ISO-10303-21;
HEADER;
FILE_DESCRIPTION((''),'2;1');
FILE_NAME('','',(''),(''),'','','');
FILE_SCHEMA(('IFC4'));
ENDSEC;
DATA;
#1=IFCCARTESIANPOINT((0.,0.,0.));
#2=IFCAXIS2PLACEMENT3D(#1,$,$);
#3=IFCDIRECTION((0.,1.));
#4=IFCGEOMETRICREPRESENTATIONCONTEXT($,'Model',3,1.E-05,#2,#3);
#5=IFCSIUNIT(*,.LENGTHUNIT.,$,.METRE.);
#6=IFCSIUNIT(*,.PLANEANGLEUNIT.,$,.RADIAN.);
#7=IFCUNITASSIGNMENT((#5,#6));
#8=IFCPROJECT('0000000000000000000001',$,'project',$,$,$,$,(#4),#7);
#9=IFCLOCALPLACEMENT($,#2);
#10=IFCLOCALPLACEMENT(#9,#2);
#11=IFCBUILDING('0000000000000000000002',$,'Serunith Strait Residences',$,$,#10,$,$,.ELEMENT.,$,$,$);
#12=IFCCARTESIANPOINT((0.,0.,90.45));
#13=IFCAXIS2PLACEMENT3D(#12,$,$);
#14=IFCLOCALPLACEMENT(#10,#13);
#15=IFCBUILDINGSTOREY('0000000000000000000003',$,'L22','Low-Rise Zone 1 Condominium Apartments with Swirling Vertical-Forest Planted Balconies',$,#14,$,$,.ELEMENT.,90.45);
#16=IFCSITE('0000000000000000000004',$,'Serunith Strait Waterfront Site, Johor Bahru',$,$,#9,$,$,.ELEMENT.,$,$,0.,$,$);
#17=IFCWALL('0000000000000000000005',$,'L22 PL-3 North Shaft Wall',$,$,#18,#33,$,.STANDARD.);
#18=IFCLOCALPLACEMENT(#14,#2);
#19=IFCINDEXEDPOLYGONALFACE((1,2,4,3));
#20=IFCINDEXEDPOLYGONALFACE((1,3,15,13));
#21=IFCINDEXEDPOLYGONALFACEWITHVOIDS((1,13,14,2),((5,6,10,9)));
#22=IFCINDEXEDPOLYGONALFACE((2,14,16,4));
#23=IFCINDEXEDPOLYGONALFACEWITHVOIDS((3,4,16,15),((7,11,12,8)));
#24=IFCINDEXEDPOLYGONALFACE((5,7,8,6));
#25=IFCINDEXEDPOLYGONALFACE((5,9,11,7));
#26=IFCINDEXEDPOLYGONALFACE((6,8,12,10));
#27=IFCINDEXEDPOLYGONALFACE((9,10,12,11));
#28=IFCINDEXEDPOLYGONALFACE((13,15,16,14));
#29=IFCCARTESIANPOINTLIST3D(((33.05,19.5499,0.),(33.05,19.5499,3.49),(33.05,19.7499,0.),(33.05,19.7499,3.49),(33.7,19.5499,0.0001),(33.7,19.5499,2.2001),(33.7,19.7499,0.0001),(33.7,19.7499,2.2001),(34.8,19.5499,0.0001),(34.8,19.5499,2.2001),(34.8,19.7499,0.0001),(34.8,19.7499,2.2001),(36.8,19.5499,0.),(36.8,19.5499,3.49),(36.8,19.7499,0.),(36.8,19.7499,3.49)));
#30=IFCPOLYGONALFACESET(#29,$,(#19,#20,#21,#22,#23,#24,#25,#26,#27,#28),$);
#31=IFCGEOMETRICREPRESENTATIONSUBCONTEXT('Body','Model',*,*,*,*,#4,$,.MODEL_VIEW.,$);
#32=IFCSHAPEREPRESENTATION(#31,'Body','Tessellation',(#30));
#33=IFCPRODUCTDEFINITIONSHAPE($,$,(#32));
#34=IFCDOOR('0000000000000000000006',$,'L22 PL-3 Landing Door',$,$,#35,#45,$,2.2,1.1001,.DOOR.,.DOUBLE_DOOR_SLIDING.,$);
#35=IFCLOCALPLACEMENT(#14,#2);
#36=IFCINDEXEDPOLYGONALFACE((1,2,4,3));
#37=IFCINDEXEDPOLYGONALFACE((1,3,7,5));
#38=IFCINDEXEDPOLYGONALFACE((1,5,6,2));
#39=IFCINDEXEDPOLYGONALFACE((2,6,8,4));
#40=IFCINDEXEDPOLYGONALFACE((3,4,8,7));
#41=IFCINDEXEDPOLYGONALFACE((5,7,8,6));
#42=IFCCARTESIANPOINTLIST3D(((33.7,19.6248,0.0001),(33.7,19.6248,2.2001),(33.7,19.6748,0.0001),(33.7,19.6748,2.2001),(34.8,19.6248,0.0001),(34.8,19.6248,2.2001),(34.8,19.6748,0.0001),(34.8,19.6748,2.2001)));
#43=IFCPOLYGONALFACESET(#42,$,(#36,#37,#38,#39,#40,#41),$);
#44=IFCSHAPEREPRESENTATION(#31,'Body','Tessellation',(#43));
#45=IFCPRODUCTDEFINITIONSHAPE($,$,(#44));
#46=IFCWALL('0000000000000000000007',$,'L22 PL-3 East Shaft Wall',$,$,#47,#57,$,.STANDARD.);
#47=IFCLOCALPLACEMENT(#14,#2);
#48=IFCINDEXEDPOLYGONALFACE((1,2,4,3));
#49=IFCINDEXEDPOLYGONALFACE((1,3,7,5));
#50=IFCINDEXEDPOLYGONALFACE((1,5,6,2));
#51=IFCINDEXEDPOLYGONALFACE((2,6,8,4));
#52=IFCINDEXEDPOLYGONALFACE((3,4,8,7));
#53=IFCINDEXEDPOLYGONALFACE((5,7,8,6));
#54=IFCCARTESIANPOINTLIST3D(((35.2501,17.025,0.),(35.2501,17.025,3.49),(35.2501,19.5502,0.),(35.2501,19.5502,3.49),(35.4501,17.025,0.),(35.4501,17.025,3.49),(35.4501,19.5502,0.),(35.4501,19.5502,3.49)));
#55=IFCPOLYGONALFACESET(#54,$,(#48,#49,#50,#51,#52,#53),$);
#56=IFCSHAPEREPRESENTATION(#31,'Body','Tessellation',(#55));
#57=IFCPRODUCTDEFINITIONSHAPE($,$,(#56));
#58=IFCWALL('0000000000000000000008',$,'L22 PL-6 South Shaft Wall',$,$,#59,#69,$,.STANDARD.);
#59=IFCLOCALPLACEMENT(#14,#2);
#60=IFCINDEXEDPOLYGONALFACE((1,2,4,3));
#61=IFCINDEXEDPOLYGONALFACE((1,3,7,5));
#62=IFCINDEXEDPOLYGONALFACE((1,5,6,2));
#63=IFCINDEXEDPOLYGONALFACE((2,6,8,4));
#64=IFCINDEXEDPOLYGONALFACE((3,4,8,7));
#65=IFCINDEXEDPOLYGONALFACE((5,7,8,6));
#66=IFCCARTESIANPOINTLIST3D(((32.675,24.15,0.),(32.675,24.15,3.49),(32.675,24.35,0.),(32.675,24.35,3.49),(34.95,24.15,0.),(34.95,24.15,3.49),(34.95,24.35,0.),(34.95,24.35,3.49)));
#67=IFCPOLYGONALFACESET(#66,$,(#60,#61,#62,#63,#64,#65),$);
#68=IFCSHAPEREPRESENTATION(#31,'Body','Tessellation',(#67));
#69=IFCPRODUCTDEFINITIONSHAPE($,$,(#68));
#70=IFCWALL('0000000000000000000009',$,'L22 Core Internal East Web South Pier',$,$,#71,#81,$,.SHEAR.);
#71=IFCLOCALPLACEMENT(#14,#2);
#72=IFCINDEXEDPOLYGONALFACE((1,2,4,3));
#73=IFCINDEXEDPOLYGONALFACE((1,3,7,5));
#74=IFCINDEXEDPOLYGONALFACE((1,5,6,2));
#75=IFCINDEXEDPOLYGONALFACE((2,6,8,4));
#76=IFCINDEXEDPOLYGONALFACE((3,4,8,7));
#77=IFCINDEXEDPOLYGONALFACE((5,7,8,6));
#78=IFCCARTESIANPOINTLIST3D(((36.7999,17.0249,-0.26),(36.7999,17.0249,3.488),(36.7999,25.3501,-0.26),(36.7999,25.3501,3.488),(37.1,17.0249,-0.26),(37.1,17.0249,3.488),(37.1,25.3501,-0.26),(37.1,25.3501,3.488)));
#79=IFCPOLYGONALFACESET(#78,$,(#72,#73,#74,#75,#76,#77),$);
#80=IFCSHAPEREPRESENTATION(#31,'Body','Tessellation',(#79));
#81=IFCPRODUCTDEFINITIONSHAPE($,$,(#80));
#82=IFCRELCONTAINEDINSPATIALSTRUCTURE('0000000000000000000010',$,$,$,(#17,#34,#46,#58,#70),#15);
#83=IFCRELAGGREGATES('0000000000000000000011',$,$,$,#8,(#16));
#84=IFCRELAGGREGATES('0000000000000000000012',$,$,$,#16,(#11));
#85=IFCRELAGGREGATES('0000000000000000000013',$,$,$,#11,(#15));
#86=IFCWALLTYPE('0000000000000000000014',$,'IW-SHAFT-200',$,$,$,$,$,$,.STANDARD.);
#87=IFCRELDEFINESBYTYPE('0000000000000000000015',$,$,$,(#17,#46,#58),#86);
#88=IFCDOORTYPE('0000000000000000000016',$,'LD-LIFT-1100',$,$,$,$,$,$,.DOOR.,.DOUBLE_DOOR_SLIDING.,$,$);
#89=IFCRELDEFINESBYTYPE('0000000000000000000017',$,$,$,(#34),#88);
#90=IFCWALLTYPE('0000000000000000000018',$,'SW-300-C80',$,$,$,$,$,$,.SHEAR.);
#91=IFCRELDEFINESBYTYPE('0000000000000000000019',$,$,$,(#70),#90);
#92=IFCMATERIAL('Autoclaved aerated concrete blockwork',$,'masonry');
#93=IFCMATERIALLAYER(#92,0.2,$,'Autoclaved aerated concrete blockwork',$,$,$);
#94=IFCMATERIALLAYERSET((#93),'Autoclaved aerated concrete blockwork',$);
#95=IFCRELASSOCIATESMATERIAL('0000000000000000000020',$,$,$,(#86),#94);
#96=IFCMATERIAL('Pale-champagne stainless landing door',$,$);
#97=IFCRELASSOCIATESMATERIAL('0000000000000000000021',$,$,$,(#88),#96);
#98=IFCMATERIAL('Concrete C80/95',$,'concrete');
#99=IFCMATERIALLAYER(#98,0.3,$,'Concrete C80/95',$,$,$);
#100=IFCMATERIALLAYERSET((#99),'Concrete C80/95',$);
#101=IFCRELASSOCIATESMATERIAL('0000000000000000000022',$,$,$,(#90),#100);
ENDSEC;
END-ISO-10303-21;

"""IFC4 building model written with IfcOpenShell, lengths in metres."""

from ifc_helpers import new_model, si_unit, direction, frame, frame_2d, origin, place, context, subcontext, project, spatial, rectangle, extrude, source, transform, mapped, material, layer, layer_set, type_object, element, fill, save


model = new_model("IFC4")

# Units and contexts
model_context = context("Model", 3, precision=1e-05, world=origin(), true_north=direction((0.0, 1.0)))
body_context = subcontext(model_context, "Body", "Model", "MODEL_VIEW")
ifc_project = project(units=[si_unit("LENGTHUNIT", "METRE"), si_unit("PLANEANGLEUNIT", "RADIAN")], contexts=[model_context])

# Site, building, storey
site_placement = place(None, origin())
site = spatial("IfcSite", under=ifc_project, at=site_placement, Name="Serunith Strait Waterfront Site, Johor Bahru", CompositionType="ELEMENT", RefElevation=0.0)
building_placement = place(site_placement, origin())
building = spatial("IfcBuilding", under=site, at=building_placement, Name="Serunith Strait Residences", CompositionType="ELEMENT")
storey_placement = place(building_placement, frame((0.0, 0.0, 90.45)))
storey = spatial("IfcBuildingStorey", under=building, at=storey_placement, Name="L22", Description="Low-Rise Zone 1 Condominium Apartments with Swirling Vertical-Forest Planted Balconies", CompositionType="ELEMENT", Elevation=90.45)

# Wall, opening, door
ifc_material_1 = material(Name="Autoclaved aerated concrete blockwork", Category="masonry")
ifc_layer_1 = layer(ifc_material_1, 0.2, Name="Autoclaved aerated concrete blockwork")
ifc_layer_set_1 = layer_set([ifc_layer_1], Name="Autoclaved aerated concrete blockwork")
wall_type_1 = type_object("IfcWallType", Name="IW-SHAFT-200", PredefinedType="STANDARD", material=ifc_layer_set_1)
wall_1_placement = place(storey_placement, frame((33.05, 19.6499, 0.0), z_axis=(0.0, 0.0, 1.0), x_axis=(1.0, 0.0, 0.0)))
wall_1 = element("IfcWall", 1, at=wall_1_placement, inside=storey, type_object=wall_type_1, Name="L22 PL-3 North Shaft Wall", PredefinedType="STANDARD", context=body_context, shape_type="SweptSolid", body=[
    extrude(rectangle(XDim=3.75, YDim=0.2, at=frame_2d((1.875, 0.0))), origin(), (0.0, 0.0, 1.0), 3.49),
])
opening_1_placement = place(wall_1_placement, frame((0.6499, 0.0, 0.0)))
opening_1 = element("IfcOpeningElement", 2, at=opening_1_placement, cuts=wall_1, PredefinedType="OPENING", context=body_context, shape_type="SweptSolid", body=[
    extrude(rectangle(XDim=1.1001, YDim=2.2, at=frame_2d((0.55, 1.1001))), frame((0.0, 0.1099, 0.0), z_axis=(0.0, -1.0, 0.0), x_axis=(1.0, 0.0, 0.0)), (0.0, 0.0, 1.0), 0.22),
])
ifc_material_2 = material(Name="Pale-champagne stainless landing door")
door_type_1 = type_object("IfcDoorType", Name="LD-LIFT-1100", OperationType="DOUBLE_DOOR_SLIDING", PredefinedType="DOOR", material=ifc_material_2)
shared_shape_1 = source(origin(), body_context, "Body", "SweptSolid", [
    extrude(rectangle(XDim=1.1001, YDim=2.2, at=frame_2d((0.55, 1.1001))), frame((0.0, 0.0249, 0.0), z_axis=(0.0, -1.0, 0.0), x_axis=(1.0, 0.0, 0.0)), (0.0, 0.0, 1.0), 0.05),
])
door_1_placement = place(opening_1_placement, origin())
door_1 = element("IfcDoor", 3, at=door_1_placement, inside=storey, type_object=door_type_1, Name="L22 PL-3 Landing Door", OperationType="DOUBLE_DOOR_SLIDING", OverallHeight=2.2, OverallWidth=1.1001, PredefinedType="DOOR", context=body_context, shape_type="MappedRepresentation", body=[
    mapped(shared_shape_1, transform((0.0, 0.0, 0.0), scale=1.0)),
])
fill(opening_1, door_1)

# Walls
wall_2_placement = place(storey_placement, frame((35.3501, 17.0249, 0.0), z_axis=(0.0, 0.0, 1.0), x_axis=(0.0, 1.0, 0.0)))
element("IfcWall", 4, at=wall_2_placement, inside=storey, type_object=wall_type_1, Name="L22 PL-3 East Shaft Wall", PredefinedType="STANDARD", context=body_context, shape_type="SweptSolid", body=[
    extrude(rectangle(XDim=2.5251, YDim=0.2, at=frame_2d((1.2627, 0.0))), origin(), (0.0, 0.0, 1.0), 3.49),
])
wall_3_placement = place(storey_placement, frame((32.675, 24.25, 0.0), z_axis=(0.0, 0.0, 1.0), x_axis=(1.0, 0.0, 0.0)))
element("IfcWall", 5, at=wall_3_placement, inside=storey, type_object=wall_type_1, Name="L22 PL-6 South Shaft Wall", PredefinedType="STANDARD", context=body_context, shape_type="SweptSolid", body=[
    extrude(rectangle(XDim=2.2749, YDim=0.2, at=frame_2d((1.1375, 0.0))), origin(), (0.0, 0.0, 1.0), 3.49),
])
ifc_material_3 = material(Name="Concrete C80/95", Category="concrete")
ifc_layer_2 = layer(ifc_material_3, 0.3, Name="Concrete C80/95")
ifc_layer_set_2 = layer_set([ifc_layer_2], Name="Concrete C80/95")
wall_type_2 = type_object("IfcWallType", Name="SW-300-C80", PredefinedType="SHEAR", material=ifc_layer_set_2)
wall_4_placement = place(storey_placement, frame((36.95, 17.0249, -0.26), z_axis=(0.0, 0.0, 1.0), x_axis=(0.0, 1.0, 0.0)))
element("IfcWall", 6, at=wall_4_placement, inside=storey, type_object=wall_type_2, Name="L22 Core Internal East Web South Pier", PredefinedType="SHEAR", context=body_context, shape_type="SweptSolid", body=[
    extrude(rectangle(XDim=8.3252, YDim=0.3, at=frame_2d((4.1626, 0.0))), origin(), (0.0, 0.0, 1.0), 3.748),
])

save(model, "model.ifc")
